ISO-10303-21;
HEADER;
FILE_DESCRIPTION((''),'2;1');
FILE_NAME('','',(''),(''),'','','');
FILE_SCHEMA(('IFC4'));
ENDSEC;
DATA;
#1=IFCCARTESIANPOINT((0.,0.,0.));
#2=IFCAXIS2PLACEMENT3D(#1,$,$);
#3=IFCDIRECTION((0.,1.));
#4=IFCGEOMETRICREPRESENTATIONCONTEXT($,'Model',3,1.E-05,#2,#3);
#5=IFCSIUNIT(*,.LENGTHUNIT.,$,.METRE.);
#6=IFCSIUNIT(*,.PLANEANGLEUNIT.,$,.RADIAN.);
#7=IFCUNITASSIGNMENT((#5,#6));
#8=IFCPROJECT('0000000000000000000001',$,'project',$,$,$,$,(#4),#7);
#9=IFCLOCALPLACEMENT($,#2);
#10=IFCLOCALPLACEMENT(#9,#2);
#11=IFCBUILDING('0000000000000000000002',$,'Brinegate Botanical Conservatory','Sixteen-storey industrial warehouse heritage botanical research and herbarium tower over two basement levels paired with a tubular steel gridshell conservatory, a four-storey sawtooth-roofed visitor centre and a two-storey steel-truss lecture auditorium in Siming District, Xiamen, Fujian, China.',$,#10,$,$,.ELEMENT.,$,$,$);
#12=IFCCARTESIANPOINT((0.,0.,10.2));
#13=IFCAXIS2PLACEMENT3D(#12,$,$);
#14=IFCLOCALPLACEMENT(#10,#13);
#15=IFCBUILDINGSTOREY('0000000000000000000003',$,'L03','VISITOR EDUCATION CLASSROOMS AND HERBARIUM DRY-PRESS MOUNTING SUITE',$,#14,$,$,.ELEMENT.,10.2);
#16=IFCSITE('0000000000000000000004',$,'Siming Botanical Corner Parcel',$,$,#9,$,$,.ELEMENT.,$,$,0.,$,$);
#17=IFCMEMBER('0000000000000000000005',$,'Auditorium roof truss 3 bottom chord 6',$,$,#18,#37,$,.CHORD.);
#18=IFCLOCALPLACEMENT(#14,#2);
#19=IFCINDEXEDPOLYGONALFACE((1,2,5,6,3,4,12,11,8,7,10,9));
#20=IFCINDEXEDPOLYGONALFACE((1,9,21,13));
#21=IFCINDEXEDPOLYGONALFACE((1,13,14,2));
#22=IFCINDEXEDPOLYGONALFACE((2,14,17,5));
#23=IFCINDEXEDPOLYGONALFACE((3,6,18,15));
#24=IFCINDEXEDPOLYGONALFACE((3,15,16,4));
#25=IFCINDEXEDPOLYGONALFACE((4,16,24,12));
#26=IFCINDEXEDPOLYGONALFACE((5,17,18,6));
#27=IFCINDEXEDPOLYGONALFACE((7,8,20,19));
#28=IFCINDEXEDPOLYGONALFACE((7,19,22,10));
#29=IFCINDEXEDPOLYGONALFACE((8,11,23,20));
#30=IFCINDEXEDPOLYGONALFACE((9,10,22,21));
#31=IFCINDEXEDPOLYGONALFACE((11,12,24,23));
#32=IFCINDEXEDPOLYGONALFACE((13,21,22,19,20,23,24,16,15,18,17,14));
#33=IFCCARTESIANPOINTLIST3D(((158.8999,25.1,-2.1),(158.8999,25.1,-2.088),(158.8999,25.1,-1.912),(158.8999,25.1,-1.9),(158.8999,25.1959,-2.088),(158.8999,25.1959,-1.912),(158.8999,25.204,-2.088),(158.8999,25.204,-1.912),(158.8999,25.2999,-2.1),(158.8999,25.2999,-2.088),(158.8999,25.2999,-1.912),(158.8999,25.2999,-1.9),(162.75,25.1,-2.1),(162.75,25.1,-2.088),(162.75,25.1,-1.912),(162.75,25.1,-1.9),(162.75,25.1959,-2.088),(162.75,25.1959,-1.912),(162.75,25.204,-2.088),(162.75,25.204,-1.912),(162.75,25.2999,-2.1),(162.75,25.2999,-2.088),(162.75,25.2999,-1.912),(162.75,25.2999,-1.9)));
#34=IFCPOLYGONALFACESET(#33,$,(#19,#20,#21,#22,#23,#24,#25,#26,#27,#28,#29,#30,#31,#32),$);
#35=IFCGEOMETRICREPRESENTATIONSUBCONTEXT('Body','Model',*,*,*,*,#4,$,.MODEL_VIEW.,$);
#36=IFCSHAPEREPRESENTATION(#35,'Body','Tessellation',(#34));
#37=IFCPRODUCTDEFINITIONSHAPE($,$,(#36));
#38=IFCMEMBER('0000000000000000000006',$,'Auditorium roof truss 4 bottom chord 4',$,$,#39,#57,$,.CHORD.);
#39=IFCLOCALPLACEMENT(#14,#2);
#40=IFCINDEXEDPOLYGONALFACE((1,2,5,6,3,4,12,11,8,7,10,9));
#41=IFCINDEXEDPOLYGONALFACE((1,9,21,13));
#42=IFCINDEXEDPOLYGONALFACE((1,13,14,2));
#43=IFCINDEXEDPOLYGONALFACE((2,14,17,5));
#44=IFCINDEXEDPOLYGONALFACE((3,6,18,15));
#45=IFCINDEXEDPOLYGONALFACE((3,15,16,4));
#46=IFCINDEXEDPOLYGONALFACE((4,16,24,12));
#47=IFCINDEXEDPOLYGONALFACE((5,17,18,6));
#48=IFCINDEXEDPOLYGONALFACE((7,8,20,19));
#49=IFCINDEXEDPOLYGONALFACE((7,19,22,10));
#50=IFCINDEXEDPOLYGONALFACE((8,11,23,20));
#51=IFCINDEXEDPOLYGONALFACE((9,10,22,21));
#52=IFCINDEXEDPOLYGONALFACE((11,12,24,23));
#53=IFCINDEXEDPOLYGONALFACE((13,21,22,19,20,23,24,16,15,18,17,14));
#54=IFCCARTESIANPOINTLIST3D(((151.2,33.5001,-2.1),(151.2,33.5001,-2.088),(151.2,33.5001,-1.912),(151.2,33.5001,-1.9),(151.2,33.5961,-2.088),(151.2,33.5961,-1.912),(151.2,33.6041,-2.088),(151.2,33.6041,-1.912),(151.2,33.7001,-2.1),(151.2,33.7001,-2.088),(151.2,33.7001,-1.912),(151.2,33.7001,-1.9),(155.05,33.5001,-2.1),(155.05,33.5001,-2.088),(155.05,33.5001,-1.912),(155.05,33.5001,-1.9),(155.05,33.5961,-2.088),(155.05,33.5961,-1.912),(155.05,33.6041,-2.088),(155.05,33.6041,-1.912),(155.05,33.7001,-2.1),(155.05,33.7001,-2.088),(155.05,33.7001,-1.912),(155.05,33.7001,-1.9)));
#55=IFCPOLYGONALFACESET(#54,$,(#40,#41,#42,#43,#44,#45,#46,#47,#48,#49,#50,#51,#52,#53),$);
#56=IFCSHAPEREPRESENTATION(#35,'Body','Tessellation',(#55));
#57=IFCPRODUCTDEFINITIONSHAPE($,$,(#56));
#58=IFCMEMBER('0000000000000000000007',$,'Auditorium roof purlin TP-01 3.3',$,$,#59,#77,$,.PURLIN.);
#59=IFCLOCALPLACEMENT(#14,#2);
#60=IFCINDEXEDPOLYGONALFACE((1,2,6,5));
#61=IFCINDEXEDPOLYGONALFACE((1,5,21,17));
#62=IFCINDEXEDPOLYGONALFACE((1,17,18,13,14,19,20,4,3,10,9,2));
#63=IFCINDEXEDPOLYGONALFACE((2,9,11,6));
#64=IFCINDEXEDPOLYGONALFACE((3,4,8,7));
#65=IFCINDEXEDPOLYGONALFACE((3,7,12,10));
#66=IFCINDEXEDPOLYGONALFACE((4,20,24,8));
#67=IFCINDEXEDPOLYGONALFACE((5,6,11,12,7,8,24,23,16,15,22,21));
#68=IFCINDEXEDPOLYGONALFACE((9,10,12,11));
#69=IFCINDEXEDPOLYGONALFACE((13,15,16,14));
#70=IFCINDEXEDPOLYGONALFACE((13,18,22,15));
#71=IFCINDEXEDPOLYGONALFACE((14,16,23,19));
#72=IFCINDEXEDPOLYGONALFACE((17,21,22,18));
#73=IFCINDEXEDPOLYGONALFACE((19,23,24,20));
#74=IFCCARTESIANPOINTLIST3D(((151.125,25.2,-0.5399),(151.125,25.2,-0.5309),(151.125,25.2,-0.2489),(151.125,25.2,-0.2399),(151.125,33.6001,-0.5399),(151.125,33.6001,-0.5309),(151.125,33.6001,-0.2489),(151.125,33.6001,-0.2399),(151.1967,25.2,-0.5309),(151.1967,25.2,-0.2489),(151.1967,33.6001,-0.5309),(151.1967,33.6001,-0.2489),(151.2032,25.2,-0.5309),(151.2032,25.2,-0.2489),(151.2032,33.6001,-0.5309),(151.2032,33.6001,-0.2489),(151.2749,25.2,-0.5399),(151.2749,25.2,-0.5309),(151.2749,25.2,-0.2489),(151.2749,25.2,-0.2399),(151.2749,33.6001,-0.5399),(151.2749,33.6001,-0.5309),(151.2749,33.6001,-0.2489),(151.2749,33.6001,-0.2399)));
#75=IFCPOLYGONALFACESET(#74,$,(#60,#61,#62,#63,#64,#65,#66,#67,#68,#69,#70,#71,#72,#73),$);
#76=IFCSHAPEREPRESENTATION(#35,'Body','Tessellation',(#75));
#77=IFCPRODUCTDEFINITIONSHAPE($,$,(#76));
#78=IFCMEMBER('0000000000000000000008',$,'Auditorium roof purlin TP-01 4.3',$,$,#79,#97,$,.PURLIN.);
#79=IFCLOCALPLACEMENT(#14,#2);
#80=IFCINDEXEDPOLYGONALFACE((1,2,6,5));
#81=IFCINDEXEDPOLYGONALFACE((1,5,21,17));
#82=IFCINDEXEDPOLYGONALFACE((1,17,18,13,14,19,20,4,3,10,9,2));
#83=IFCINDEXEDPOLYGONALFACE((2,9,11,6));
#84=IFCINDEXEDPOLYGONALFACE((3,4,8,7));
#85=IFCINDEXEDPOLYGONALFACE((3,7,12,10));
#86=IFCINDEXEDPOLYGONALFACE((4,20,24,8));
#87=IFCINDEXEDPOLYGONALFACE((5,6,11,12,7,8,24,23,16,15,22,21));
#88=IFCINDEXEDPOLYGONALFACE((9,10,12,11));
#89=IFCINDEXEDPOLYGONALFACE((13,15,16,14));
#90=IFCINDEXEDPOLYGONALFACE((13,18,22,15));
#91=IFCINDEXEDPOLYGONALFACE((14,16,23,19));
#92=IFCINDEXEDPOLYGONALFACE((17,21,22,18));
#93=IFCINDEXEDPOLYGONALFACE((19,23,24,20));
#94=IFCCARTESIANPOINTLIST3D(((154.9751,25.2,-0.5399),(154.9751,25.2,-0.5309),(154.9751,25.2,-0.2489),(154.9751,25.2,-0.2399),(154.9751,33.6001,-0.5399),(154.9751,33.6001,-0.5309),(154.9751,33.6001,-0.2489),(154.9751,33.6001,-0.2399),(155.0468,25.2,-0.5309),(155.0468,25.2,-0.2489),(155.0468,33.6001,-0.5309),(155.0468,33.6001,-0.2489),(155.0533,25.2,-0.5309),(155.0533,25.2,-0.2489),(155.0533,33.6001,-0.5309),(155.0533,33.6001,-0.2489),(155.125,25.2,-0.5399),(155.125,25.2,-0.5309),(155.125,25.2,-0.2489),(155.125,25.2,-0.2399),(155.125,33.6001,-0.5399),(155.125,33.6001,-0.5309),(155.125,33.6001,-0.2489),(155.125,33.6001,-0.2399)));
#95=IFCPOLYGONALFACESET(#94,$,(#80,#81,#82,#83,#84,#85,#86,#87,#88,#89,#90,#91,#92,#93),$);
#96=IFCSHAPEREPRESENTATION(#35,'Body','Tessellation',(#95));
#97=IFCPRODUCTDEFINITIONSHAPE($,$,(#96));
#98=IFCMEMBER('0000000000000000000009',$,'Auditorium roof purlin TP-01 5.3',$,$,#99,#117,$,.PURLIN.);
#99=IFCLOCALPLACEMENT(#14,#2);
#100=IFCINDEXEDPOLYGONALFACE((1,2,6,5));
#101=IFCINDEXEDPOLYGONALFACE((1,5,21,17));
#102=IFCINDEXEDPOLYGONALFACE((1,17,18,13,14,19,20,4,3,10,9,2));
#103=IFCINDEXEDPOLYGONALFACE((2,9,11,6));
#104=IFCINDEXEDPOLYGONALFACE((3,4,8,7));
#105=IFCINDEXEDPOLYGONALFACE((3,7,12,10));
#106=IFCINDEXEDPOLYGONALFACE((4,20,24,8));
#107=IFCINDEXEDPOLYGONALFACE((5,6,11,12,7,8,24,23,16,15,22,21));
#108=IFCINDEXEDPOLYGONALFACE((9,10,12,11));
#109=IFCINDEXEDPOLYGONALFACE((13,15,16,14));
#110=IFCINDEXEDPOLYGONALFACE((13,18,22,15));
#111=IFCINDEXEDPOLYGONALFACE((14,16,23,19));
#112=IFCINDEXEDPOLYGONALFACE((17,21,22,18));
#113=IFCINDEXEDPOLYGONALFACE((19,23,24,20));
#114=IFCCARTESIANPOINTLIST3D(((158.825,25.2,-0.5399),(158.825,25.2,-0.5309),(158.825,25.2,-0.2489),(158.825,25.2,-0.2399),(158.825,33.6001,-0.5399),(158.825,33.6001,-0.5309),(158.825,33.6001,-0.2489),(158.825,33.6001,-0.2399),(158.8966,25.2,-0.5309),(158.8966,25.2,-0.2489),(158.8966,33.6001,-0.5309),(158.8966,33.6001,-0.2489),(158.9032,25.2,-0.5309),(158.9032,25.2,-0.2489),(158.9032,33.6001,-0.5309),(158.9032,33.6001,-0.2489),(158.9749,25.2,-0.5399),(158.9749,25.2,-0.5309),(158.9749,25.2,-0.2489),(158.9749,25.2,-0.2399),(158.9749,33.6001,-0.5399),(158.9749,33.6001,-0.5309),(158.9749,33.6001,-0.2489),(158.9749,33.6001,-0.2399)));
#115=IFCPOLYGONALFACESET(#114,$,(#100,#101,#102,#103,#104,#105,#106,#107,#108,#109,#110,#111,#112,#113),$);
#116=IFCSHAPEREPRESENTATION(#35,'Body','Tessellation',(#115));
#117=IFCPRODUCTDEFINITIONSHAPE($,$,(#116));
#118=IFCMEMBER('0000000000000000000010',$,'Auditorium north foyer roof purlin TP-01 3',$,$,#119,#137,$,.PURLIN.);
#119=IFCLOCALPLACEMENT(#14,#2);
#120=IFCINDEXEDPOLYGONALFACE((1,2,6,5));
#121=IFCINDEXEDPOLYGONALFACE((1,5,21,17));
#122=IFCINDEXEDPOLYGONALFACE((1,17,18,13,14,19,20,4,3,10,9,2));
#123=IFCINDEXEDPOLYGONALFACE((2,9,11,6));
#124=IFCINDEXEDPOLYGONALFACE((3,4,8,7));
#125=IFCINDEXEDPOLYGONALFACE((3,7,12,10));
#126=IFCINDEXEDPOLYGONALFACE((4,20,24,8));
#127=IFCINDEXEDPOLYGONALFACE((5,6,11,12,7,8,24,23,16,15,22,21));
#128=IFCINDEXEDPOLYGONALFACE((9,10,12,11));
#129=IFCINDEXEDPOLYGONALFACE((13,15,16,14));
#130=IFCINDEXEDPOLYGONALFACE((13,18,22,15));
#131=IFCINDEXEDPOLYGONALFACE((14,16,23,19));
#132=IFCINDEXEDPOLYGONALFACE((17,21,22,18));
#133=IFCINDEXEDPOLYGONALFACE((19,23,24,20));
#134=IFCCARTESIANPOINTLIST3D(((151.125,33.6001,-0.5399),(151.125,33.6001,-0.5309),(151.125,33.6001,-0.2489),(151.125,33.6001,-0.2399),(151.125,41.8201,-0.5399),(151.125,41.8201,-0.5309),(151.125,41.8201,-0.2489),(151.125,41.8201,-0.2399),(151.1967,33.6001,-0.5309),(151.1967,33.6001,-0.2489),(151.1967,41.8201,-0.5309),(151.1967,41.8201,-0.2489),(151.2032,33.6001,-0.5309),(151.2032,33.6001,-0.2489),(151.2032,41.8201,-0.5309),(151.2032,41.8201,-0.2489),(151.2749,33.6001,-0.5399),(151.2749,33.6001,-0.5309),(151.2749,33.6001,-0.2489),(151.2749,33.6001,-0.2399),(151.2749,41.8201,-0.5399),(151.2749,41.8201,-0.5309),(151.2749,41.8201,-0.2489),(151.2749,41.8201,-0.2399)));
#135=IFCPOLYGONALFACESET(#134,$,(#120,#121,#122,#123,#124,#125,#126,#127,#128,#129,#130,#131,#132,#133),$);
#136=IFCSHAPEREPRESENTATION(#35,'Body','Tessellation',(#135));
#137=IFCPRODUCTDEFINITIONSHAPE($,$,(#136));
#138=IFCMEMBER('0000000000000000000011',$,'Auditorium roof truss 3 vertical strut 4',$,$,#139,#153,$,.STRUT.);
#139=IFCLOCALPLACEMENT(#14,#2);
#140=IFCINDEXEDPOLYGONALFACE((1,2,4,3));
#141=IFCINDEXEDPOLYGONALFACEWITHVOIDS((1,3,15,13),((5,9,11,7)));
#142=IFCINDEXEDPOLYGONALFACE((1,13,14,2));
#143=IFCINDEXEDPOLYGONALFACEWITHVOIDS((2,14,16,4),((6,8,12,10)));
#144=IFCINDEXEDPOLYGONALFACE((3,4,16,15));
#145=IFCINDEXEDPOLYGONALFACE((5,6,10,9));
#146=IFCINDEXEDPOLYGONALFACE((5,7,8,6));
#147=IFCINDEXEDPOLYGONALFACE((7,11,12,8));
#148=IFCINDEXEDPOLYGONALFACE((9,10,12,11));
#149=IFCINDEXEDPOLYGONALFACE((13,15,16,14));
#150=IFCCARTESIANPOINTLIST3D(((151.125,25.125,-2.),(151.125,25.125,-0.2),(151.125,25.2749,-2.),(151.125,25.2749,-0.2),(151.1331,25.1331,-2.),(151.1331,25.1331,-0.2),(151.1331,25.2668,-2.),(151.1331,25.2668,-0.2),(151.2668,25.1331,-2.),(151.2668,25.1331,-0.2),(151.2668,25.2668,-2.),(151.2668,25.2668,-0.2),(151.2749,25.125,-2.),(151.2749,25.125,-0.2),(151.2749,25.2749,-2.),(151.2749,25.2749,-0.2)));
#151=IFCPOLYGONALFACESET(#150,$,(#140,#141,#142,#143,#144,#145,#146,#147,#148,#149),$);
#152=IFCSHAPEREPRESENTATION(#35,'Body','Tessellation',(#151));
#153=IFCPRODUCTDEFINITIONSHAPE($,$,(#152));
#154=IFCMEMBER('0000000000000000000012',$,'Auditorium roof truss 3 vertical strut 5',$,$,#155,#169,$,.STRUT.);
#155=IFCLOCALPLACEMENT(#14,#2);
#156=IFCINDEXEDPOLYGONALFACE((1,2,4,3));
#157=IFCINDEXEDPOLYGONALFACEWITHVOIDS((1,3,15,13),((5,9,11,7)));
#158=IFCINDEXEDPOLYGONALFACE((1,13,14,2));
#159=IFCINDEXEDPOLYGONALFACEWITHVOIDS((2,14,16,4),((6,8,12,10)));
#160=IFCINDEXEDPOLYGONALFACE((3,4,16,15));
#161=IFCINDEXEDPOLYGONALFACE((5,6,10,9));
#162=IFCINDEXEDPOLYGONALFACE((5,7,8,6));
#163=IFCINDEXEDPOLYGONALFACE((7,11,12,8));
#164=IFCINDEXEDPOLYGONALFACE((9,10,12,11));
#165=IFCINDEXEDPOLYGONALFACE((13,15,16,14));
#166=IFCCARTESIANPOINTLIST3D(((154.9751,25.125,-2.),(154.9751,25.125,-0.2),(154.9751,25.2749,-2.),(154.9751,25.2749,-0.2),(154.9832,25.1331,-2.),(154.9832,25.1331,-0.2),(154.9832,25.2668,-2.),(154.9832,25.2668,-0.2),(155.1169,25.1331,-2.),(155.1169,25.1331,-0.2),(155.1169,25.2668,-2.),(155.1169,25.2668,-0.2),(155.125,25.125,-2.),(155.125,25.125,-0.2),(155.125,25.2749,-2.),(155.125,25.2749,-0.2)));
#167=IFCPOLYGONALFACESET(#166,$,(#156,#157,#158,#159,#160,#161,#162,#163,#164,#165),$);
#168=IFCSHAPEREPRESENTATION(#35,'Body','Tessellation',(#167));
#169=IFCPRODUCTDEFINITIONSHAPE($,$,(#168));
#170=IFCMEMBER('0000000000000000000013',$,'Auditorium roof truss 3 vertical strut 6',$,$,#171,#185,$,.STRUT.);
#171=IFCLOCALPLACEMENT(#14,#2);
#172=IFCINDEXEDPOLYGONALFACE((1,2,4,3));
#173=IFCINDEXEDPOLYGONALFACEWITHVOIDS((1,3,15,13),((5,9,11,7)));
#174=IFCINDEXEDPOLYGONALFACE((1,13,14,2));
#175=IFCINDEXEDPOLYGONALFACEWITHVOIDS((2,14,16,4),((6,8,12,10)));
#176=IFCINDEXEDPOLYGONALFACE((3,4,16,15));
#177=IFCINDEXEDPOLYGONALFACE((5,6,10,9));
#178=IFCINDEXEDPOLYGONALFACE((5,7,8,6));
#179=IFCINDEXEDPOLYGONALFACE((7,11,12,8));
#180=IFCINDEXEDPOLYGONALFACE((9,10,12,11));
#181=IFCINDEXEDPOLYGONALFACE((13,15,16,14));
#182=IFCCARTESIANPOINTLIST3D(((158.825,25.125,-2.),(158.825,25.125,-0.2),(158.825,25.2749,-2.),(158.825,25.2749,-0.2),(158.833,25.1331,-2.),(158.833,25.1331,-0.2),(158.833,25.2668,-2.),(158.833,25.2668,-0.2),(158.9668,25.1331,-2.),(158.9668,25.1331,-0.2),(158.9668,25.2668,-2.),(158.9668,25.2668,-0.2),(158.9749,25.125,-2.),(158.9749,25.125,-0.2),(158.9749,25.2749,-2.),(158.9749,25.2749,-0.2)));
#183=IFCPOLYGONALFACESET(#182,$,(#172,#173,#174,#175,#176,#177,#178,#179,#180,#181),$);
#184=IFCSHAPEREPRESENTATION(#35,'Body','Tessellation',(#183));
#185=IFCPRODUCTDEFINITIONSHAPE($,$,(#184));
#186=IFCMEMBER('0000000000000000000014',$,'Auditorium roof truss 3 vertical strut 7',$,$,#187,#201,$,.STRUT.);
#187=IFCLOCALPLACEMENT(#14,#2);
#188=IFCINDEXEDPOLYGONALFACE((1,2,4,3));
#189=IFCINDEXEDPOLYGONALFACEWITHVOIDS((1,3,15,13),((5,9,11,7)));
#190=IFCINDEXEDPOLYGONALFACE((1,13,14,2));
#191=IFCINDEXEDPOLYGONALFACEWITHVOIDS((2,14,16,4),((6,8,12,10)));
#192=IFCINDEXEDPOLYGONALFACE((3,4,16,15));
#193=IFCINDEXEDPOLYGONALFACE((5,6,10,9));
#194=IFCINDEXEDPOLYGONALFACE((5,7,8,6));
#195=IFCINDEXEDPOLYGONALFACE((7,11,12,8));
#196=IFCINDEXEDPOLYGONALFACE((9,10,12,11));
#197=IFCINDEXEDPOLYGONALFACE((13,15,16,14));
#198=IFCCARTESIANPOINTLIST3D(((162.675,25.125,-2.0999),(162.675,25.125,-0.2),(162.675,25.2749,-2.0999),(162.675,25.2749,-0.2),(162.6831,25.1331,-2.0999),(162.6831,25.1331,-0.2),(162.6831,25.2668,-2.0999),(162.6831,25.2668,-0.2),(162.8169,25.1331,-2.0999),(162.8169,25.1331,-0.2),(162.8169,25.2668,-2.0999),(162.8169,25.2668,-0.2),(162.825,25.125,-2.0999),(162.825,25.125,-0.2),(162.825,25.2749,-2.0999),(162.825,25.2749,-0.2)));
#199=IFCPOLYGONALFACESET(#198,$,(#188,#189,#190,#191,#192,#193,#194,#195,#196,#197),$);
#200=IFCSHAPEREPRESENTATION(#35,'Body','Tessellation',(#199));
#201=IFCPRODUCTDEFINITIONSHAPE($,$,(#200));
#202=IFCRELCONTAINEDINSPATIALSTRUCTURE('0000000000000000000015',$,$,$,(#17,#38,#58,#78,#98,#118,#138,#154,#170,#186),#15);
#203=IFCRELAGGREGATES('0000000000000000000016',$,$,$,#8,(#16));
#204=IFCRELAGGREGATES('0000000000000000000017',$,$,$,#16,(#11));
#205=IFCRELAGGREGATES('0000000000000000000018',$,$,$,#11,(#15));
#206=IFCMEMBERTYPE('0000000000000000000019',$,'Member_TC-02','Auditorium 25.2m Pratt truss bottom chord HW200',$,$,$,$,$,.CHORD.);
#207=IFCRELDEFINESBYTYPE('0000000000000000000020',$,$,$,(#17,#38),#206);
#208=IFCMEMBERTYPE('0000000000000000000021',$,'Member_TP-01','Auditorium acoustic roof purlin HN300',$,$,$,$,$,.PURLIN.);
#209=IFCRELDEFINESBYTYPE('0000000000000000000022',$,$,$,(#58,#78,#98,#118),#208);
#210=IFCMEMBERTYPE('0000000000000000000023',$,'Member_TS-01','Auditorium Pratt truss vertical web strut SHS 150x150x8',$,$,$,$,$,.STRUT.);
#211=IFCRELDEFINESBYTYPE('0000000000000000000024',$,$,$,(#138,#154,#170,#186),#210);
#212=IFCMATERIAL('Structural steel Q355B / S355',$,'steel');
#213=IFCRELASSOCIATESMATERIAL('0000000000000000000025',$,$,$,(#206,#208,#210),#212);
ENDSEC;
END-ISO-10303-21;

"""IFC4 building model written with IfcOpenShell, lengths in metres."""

from ifc_helpers import new_model, si_unit, direction, frame, origin, origin_2d, place, context, subcontext, project, spatial, hollow_rectangle, i_section, extrude, material, material_profile, profile_set, type_object, element, save


model = new_model("IFC4")

# Units and contexts
model_context = context("Model", 3, precision=1e-05, world=origin(), true_north=direction((0.0, 1.0)))
body_context = subcontext(model_context, "Body", "Model", "MODEL_VIEW")
ifc_project = project(units=[si_unit("LENGTHUNIT", "METRE"), si_unit("PLANEANGLEUNIT", "RADIAN")], contexts=[model_context])

# Site, building, storey
site_placement = place(None, origin())
site = spatial("IfcSite", under=ifc_project, at=site_placement, Name="Siming Botanical Corner Parcel", CompositionType="ELEMENT", RefElevation=0.0)
building_placement = place(site_placement, origin())
building = spatial("IfcBuilding", under=site, at=building_placement, Name="Brinegate Botanical Conservatory", Description="Sixteen-storey industrial warehouse heritage botanical research and herbarium tower over two basement levels paired with a tubular steel gridshell conservatory, a four-storey sawtooth-roofed visitor centre and a two-storey steel-truss lecture auditorium in Siming District, Xiamen, Fujian, China.", CompositionType="ELEMENT")
storey_placement = place(building_placement, frame((0.0, 0.0, 10.2)))
storey = spatial("IfcBuildingStorey", under=building, at=storey_placement, Name="L03", Description="VISITOR EDUCATION CLASSROOMS AND HERBARIUM DRY-PRESS MOUNTING SUITE", CompositionType="ELEMENT", Elevation=10.2)

# Members
ifc_material_1 = material(Name="Structural steel Q355B / S355", Category="steel")
ifc_material_profile_1 = material_profile(ifc_material_1, i_section(OverallWidth=0.2, OverallDepth=0.2, WebThickness=0.0081, FlangeThickness=0.012, at=origin_2d()), Name="HW 200x200x8x12")
ifc_profile_set_1 = profile_set([ifc_material_profile_1], Name="Structural steel Q355B / S355")
member_type_1 = type_object("IfcMemberType", Name="Member_TC-02", Description="Auditorium 25.2m Pratt truss bottom chord HW200", PredefinedType="CHORD", material=ifc_profile_set_1)
for number, where, z_axis, x_axis, name in (
    (1, (158.8999, 25.2, -2.0), (1.0, 0.0, 0.0), (0.0, 1.0, 0.0), "Auditorium roof truss 3 bottom chord 6"),
    (2, (151.2, 33.6001, -2.0), (1.0, 0.0, 0.0), (0.0, 1.0, 0.0), "Auditorium roof truss 4 bottom chord 4"),
):
    element("IfcMember", number, at=place(storey_placement, frame(where, z_axis=z_axis, x_axis=x_axis)), inside=storey, type_object=member_type_1, Name=name, PredefinedType="CHORD", context=body_context, shape_type="SweptSolid", body=[
        extrude(i_section(OverallWidth=0.2, OverallDepth=0.2, WebThickness=0.0081, FlangeThickness=0.012, at=origin_2d()), origin(), (0.0, 0.0, 1.0), 3.8501),
    ])
ifc_material_profile_2 = material_profile(ifc_material_1, i_section(OverallWidth=0.1499, OverallDepth=0.3, WebThickness=0.0066, FlangeThickness=0.009, at=origin_2d()), Name="HN 300x150x6.5x9")
ifc_profile_set_2 = profile_set([ifc_material_profile_2], Name="Structural steel Q355B / S355")
member_type_2 = type_object("IfcMemberType", Name="Member_TP-01", Description="Auditorium acoustic roof purlin HN300", PredefinedType="PURLIN", material=ifc_profile_set_2)
for number, where, z_axis, x_axis, name in (
    (3, (151.2, 25.2, -0.3899), (0.0, 1.0, 0.0), (-1.0, 0.0, 0.0), "Auditorium roof purlin TP-01 3.3"),
    (4, (155.05, 25.2, -0.3899), (0.0, 1.0, 0.0), (-1.0, 0.0, 0.0), "Auditorium roof purlin TP-01 4.3"),
    (5, (158.8999, 25.2, -0.3899), (0.0, 1.0, 0.0), (-1.0, 0.0, 0.0), "Auditorium roof purlin TP-01 5.3"),
):
    element("IfcMember", number, at=place(storey_placement, frame(where, z_axis=z_axis, x_axis=x_axis)), inside=storey, type_object=member_type_2, Name=name, PredefinedType="PURLIN", context=body_context, shape_type="SweptSolid", body=[
        extrude(i_section(OverallWidth=0.1499, OverallDepth=0.3, WebThickness=0.0066, FlangeThickness=0.009, at=origin_2d()), origin(), (0.0, 0.0, 1.0), 8.4001),
    ])
member_1_placement = place(storey_placement, frame((151.2, 33.6001, -0.3899), z_axis=(0.0, 1.0, 0.0), x_axis=(-1.0, 0.0, 0.0)))
element("IfcMember", 6, at=member_1_placement, inside=storey, type_object=member_type_2, Name="Auditorium north foyer roof purlin TP-01 3", PredefinedType="PURLIN", context=body_context, shape_type="SweptSolid", body=[
    extrude(i_section(OverallWidth=0.1499, OverallDepth=0.3, WebThickness=0.0066, FlangeThickness=0.009, at=origin_2d()), origin(), (0.0, 0.0, 1.0), 8.22),
])
ifc_material_profile_3 = material_profile(ifc_material_1, hollow_rectangle(XDim=0.1499, YDim=0.1499, WallThickness=0.0081, at=origin_2d()), Name="SHS 150x150x8")
ifc_profile_set_3 = profile_set([ifc_material_profile_3], Name="Structural steel Q355B / S355")
member_type_3 = type_object("IfcMemberType", Name="Member_TS-01", Description="Auditorium Pratt truss vertical web strut SHS 150x150x8", PredefinedType="STRUT", material=ifc_profile_set_3)
for number, where, z_axis, x_axis, name in (
    (7, (151.2, 25.2, -2.0), (0.0, 0.0, 1.0), (1.0, 0.0, 0.0), "Auditorium roof truss 3 vertical strut 4"),
    (8, (155.05, 25.2, -2.0), (0.0, 0.0, 1.0), (1.0, 0.0, 0.0), "Auditorium roof truss 3 vertical strut 5"),
    (9, (158.8999, 25.2, -2.0), (0.0, 0.0, 1.0), (1.0, 0.0, 0.0), "Auditorium roof truss 3 vertical strut 6"),
):
    element("IfcMember", number, at=place(storey_placement, frame(where, z_axis=z_axis, x_axis=x_axis)), inside=storey, type_object=member_type_3, Name=name, PredefinedType="STRUT", context=body_context, shape_type="SweptSolid", body=[
        extrude(hollow_rectangle(XDim=0.1499, YDim=0.1499, WallThickness=0.0081, at=origin_2d()), origin(), (0.0, 0.0, 1.0), 1.8),
    ])
member_2_placement = place(storey_placement, frame((162.75, 25.2, -2.0999), z_axis=(0.0, 0.0, 1.0), x_axis=(1.0, 0.0, 0.0)))
element("IfcMember", 10, at=member_2_placement, inside=storey, type_object=member_type_3, Name="Auditorium roof truss 3 vertical strut 7", PredefinedType="STRUT", context=body_context, shape_type="SweptSolid", body=[
    extrude(hollow_rectangle(XDim=0.1499, YDim=0.1499, WallThickness=0.0081, at=origin_2d()), origin(), (0.0, 0.0, 1.0), 1.8999),
])

save(model, "model.ifc")
